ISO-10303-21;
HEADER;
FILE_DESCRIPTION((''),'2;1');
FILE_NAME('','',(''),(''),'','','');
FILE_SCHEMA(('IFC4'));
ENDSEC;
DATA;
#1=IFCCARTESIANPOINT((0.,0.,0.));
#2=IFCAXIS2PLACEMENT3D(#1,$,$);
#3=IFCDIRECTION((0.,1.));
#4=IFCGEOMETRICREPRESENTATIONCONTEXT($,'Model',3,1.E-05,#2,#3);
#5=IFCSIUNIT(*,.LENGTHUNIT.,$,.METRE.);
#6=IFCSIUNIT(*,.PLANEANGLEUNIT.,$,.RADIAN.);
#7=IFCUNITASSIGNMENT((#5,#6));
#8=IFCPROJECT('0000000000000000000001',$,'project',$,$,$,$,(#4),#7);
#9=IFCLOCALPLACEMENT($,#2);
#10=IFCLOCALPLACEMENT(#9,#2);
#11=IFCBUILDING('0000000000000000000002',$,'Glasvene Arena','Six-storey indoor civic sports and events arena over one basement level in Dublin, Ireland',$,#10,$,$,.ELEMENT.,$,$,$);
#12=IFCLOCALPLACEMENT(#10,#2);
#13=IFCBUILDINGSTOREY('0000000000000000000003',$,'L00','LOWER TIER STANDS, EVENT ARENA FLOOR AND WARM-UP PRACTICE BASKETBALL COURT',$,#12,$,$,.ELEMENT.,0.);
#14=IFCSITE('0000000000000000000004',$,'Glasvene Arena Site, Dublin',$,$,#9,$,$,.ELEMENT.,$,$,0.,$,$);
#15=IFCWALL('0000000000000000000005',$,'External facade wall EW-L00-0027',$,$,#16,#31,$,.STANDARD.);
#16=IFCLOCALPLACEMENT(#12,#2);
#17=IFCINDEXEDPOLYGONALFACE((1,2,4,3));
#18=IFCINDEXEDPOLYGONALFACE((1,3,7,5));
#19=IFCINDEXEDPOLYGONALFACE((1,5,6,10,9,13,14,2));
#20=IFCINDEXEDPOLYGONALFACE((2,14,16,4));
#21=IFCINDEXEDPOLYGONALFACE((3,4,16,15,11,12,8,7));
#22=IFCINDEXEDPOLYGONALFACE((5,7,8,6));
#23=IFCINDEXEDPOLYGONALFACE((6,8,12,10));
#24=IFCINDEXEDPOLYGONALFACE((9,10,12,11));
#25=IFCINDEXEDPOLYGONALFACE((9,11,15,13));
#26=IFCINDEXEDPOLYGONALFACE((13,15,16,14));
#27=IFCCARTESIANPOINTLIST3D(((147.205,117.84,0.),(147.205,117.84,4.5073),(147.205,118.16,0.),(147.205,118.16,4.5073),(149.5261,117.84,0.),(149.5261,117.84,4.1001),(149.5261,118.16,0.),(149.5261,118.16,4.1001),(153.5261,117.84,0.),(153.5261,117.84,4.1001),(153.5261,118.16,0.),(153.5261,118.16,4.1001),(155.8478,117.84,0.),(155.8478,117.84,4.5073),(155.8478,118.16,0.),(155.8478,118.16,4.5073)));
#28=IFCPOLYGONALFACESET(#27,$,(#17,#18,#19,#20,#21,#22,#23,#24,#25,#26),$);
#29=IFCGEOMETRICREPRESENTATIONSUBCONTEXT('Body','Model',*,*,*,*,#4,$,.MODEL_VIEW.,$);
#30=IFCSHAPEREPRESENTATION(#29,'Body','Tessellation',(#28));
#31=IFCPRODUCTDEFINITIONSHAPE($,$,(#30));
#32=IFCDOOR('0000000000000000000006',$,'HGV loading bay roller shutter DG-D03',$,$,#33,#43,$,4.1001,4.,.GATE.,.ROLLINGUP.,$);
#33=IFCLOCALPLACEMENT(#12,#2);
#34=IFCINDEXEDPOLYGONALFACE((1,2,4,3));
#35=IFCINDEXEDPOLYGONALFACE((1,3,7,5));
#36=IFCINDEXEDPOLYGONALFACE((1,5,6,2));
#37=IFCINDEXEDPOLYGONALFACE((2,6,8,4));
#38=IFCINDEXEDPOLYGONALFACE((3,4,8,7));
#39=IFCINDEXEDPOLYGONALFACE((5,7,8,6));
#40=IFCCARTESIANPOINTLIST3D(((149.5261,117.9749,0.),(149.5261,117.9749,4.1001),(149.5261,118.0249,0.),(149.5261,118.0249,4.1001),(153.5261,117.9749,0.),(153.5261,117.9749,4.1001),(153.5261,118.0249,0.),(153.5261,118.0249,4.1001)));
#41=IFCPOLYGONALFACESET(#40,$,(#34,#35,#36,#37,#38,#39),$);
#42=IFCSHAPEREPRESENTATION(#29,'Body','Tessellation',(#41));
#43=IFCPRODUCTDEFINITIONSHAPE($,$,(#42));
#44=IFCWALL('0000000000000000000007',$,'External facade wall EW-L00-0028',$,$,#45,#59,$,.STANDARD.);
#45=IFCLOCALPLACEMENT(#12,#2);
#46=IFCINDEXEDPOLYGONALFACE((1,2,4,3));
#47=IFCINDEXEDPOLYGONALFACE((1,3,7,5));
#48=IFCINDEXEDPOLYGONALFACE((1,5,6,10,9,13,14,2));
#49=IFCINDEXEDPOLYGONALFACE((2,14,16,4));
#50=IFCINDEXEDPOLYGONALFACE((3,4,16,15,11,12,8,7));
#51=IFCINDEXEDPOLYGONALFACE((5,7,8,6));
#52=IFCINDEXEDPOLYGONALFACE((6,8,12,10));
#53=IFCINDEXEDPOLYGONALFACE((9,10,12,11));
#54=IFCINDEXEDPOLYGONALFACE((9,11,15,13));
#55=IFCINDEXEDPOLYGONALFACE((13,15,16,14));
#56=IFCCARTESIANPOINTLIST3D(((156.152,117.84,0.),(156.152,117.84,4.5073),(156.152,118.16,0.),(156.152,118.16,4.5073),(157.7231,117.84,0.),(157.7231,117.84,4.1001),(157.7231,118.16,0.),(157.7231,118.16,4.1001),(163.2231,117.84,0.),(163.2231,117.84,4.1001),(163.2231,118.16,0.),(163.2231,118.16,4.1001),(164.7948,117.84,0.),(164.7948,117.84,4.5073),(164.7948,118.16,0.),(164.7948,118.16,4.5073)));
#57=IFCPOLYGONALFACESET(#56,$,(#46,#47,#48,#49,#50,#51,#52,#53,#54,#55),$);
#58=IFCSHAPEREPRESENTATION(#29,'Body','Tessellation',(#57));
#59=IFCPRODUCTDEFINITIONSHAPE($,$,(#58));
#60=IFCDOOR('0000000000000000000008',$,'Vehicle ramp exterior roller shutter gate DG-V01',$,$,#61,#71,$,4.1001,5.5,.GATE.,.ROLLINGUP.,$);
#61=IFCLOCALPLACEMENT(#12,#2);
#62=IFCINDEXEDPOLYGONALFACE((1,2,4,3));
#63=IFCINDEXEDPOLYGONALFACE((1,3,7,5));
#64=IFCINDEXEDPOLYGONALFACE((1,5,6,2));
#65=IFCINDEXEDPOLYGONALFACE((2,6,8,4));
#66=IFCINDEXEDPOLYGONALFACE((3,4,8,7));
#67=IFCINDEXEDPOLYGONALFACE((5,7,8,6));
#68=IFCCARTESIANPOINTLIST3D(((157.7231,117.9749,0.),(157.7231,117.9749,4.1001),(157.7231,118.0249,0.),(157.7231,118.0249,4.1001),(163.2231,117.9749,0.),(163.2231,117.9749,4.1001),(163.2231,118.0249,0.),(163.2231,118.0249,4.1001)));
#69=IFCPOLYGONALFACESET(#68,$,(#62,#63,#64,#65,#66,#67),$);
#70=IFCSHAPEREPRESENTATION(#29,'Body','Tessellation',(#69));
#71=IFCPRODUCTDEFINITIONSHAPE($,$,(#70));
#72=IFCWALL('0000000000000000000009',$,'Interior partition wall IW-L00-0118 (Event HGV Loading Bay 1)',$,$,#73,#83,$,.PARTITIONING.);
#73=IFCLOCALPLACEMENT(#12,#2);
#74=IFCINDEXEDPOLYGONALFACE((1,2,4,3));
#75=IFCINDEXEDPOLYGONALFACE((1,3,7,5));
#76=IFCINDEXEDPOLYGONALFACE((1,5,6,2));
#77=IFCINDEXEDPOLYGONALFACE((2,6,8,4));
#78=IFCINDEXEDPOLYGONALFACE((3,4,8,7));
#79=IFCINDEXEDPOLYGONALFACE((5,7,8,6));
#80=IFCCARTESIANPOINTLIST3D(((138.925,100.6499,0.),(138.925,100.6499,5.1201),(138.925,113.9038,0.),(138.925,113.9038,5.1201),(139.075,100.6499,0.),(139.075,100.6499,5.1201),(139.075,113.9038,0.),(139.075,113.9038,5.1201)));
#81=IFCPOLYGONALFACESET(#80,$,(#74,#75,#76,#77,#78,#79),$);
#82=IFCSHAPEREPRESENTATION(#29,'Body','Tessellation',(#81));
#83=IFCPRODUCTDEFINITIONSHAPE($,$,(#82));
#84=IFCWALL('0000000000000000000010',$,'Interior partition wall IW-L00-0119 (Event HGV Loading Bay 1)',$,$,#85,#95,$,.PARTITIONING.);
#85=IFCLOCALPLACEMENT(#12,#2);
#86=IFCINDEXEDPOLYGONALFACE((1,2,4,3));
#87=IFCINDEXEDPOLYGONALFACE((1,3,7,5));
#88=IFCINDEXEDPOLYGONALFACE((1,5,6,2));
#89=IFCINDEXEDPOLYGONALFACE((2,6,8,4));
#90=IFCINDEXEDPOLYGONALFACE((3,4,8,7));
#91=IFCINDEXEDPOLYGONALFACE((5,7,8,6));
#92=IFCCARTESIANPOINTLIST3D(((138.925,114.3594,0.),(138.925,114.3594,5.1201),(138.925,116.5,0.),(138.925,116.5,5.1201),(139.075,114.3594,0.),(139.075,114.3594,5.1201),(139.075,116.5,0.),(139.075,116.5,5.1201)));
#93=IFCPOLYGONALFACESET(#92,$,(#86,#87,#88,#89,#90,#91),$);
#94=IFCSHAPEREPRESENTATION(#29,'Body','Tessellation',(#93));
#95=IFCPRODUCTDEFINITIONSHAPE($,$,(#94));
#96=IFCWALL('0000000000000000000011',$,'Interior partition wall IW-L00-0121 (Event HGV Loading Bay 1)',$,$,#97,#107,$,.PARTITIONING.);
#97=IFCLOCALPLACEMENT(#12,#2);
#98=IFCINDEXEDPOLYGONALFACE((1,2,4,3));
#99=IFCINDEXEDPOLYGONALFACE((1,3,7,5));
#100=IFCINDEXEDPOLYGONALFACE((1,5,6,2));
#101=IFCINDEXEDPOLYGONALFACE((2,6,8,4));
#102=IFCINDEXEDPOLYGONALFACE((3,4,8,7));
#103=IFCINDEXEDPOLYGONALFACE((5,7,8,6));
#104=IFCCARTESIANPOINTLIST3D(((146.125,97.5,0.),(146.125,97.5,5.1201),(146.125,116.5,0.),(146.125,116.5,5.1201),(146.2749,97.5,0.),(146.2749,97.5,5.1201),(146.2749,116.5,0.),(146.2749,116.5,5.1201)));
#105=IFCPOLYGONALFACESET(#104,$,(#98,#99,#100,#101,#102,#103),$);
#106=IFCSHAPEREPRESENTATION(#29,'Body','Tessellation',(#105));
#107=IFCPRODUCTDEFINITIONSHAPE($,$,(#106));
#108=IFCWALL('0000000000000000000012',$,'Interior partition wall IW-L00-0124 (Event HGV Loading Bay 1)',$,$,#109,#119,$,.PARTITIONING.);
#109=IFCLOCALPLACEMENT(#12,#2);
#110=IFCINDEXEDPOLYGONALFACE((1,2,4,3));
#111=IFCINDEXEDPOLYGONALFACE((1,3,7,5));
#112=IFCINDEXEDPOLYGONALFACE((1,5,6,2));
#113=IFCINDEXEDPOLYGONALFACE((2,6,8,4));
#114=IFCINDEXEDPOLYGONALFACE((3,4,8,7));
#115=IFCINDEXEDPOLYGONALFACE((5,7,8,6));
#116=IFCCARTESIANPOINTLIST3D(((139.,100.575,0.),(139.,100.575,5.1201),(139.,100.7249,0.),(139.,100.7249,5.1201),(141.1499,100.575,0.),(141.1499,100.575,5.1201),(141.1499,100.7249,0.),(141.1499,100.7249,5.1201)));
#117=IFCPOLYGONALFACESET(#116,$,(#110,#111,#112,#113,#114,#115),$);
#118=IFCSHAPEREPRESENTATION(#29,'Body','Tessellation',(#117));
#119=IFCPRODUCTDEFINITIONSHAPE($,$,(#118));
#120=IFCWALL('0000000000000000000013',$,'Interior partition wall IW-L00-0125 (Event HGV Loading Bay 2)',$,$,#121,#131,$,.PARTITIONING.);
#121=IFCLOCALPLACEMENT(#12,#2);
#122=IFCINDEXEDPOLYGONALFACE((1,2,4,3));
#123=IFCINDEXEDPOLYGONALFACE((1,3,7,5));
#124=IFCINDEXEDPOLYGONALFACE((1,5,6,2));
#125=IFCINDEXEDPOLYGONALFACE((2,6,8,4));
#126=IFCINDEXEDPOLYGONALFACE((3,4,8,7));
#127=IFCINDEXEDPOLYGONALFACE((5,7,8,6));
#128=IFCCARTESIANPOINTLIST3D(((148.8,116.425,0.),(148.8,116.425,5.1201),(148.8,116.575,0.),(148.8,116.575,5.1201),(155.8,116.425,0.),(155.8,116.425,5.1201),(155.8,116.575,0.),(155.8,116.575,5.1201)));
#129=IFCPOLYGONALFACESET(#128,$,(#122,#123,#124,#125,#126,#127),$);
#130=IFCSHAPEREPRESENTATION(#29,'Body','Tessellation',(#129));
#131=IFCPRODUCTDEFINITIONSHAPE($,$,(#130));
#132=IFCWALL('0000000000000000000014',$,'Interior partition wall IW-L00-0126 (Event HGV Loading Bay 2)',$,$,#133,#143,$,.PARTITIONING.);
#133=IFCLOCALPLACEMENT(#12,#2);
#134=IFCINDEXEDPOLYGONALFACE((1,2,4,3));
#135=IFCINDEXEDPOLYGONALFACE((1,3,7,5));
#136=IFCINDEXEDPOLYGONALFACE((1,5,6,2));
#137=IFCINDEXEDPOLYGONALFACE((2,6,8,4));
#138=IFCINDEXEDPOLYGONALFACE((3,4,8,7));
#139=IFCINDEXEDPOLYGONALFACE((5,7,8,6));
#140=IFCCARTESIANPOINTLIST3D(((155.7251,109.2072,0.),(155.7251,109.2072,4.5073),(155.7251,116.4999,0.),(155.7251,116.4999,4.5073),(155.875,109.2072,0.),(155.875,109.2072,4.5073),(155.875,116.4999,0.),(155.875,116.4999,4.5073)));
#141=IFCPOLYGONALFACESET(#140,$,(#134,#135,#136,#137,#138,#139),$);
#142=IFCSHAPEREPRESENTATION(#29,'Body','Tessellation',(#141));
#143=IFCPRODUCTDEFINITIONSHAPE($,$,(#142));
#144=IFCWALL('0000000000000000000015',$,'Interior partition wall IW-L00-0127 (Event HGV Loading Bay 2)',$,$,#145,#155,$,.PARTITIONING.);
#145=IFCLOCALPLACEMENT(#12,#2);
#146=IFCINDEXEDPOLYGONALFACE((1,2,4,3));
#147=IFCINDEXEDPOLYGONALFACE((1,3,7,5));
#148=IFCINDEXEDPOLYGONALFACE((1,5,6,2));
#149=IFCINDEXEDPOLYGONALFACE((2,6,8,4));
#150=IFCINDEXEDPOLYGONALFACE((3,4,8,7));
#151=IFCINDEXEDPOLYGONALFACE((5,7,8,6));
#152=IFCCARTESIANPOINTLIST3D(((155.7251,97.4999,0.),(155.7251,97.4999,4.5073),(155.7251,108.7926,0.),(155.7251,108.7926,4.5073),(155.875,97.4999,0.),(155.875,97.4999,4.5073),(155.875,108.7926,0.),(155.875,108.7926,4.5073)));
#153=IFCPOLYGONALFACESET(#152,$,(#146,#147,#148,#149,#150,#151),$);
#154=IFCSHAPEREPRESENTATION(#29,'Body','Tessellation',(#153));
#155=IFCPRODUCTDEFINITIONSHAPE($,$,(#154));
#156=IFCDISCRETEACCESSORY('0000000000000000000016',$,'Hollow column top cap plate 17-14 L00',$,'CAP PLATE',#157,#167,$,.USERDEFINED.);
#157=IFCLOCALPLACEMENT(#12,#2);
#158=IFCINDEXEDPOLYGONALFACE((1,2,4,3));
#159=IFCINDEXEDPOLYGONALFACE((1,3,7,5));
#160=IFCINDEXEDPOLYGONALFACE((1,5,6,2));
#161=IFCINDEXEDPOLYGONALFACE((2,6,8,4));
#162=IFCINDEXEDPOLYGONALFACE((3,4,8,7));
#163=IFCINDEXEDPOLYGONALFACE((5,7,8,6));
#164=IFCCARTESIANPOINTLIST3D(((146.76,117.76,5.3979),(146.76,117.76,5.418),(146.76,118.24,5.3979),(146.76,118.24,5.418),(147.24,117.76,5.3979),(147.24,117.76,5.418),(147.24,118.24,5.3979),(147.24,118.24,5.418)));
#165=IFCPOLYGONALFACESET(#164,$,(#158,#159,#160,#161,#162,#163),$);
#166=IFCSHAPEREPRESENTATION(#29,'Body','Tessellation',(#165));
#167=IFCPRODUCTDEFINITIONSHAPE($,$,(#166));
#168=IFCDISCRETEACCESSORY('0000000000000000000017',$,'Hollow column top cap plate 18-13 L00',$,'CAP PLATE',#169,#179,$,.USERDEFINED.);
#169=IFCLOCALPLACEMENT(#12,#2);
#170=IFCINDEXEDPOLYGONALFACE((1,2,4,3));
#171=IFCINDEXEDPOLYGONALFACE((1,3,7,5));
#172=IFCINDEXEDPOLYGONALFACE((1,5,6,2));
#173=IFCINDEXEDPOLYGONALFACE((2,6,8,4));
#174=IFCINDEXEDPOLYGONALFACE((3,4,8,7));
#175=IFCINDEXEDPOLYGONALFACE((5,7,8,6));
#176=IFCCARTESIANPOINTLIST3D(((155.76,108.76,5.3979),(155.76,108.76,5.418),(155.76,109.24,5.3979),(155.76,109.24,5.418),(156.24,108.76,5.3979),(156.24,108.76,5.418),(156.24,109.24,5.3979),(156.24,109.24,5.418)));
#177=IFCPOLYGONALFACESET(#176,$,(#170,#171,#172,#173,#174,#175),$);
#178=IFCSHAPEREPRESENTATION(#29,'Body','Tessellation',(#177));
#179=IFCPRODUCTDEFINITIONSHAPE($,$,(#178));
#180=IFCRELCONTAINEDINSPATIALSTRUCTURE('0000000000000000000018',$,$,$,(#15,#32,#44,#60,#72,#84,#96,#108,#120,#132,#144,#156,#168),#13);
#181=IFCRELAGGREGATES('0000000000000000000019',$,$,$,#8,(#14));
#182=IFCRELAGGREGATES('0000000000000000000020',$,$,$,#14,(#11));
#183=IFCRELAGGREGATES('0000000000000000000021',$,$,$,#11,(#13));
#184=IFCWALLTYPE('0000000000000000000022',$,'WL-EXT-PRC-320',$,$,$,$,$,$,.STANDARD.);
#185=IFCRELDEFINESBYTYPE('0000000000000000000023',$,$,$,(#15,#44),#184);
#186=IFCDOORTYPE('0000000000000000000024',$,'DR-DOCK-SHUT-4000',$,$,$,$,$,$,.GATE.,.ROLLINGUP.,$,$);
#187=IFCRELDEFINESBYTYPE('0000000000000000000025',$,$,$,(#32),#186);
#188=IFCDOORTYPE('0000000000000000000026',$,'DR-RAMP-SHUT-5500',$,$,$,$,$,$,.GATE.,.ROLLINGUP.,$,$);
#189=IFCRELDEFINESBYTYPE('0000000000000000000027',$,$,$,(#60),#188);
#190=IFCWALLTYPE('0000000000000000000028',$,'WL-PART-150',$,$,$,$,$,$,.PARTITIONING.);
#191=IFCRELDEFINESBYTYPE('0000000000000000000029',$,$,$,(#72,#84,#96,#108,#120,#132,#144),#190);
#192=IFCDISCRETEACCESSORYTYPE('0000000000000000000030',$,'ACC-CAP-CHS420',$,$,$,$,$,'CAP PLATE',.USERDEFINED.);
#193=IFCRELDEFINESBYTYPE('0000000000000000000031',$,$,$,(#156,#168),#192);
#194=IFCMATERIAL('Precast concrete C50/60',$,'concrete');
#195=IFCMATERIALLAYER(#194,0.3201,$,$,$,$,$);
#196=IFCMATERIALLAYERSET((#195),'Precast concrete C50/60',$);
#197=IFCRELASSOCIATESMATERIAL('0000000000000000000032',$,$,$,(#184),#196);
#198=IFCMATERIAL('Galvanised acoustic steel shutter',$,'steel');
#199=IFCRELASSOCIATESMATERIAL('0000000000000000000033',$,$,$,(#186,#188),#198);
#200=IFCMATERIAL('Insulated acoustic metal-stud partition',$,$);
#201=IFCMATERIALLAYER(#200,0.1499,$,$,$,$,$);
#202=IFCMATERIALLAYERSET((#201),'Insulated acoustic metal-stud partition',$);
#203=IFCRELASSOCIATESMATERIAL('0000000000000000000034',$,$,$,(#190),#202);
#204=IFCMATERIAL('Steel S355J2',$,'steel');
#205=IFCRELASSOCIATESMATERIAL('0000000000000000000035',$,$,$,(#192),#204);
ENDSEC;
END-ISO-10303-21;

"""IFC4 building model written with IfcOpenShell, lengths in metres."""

from ifc_helpers import new_model, si_unit, direction, frame, frame_2d, origin, origin_2d, place, context, subcontext, project, spatial, rectangle, extrude, material, layer, layer_set, type_object, element, fill, save


model = new_model("IFC4")

# Units and contexts
model_context = context("Model", 3, precision=1e-05, world=origin(), true_north=direction((0.0, 1.0)))
body_context = subcontext(model_context, "Body", "Model", "MODEL_VIEW")
ifc_project = project(units=[si_unit("LENGTHUNIT", "METRE"), si_unit("PLANEANGLEUNIT", "RADIAN")], contexts=[model_context])

# Site, building, storey
site_placement = place(None, origin())
site = spatial("IfcSite", under=ifc_project, at=site_placement, Name="Glasvene Arena Site, Dublin", CompositionType="ELEMENT", RefElevation=0.0)
building_placement = place(site_placement, origin())
building = spatial("IfcBuilding", under=site, at=building_placement, Name="Glasvene Arena", Description="Six-storey indoor civic sports and events arena over one basement level in Dublin, Ireland", CompositionType="ELEMENT")
storey_placement = place(building_placement, origin())
storey = spatial("IfcBuildingStorey", under=building, at=storey_placement, Name="L00", Description="LOWER TIER STANDS, EVENT ARENA FLOOR AND WARM-UP PRACTICE BASKETBALL COURT", CompositionType="ELEMENT", Elevation=0.0)

# Shared definitions
ifc_material_1 = material(Name="Steel S355J2", Category="steel")

# Walls, openings, doors
ifc_material_2 = material(Name="Precast concrete C50/60", Category="concrete")
ifc_layer_1 = layer(ifc_material_2, 0.3201)
ifc_layer_set_1 = layer_set([ifc_layer_1], Name="Precast concrete C50/60")
wall_type_1 = type_object("IfcWallType", Name="WL-EXT-PRC-320", PredefinedType="STANDARD", material=ifc_layer_set_1)
wall_1_placement = place(storey_placement, frame((147.2051, 118.0, 0.0), z_axis=(0.0, 0.0, 1.0), x_axis=(1.0, 0.0, 0.0)))
wall_1 = element("IfcWall", 1, at=wall_1_placement, inside=storey, type_object=wall_type_1, Name="External facade wall EW-L00-0027", PredefinedType="STANDARD", context=body_context, shape_type="SweptSolid", body=[
    extrude(rectangle(XDim=8.6428, YDim=0.3201, at=frame_2d((4.3213, 0.0))), origin(), (0.0, 0.0, 1.0), 4.5073),
])
opening_1_placement = place(wall_1_placement, frame((2.321, 0.0, 0.0)))
opening_1 = element("IfcOpeningElement", 2, at=opening_1_placement, cuts=wall_1, PredefinedType="OPENING", context=body_context, shape_type="SweptSolid", body=[
    extrude(rectangle(XDim=4.0, YDim=4.1001, at=frame_2d((2.0, 2.05))), frame((0.0, 0.1699, 0.0), z_axis=(0.0, -1.0, 0.0), x_axis=(1.0, 0.0, 0.0)), (0.0, 0.0, 1.0), 0.3401),
])
ifc_material_3 = material(Name="Galvanised acoustic steel shutter", Category="steel")
door_type_1 = type_object("IfcDoorType", Name="DR-DOCK-SHUT-4000", OperationType="ROLLINGUP", PredefinedType="GATE", material=ifc_material_3)
door_1_placement = place(opening_1_placement, origin())
door_1 = element("IfcDoor", 3, at=door_1_placement, inside=storey, type_object=door_type_1, Name="HGV loading bay roller shutter DG-D03", OperationType="ROLLINGUP", OverallHeight=4.1001, OverallWidth=4.0, PredefinedType="GATE", context=body_context, shape_type="SweptSolid", body=[
    extrude(rectangle(XDim=4.0, YDim=4.1001, at=frame_2d((2.0, 2.05))), frame((0.0, 0.0249, 0.0), z_axis=(0.0, -1.0, 0.0), x_axis=(1.0, 0.0, 0.0)), (0.0, 0.0, 1.0), 0.05),
])
fill(opening_1, door_1)
wall_2_placement = place(storey_placement, frame((156.1521, 118.0, 0.0), z_axis=(0.0, 0.0, 1.0), x_axis=(1.0, 0.0, 0.0)))
wall_2 = element("IfcWall", 4, at=wall_2_placement, inside=storey, type_object=wall_type_1, Name="External facade wall EW-L00-0028", PredefinedType="STANDARD", context=body_context, shape_type="SweptSolid", body=[
    extrude(rectangle(XDim=8.6428, YDim=0.3201, at=frame_2d((4.3213, 0.0))), origin(), (0.0, 0.0, 1.0), 4.5073),
])
opening_2_placement = place(wall_2_placement, frame((1.571, 0.0, 0.0)))
opening_2 = element("IfcOpeningElement", 5, at=opening_2_placement, cuts=wall_2, PredefinedType="OPENING", context=body_context, shape_type="SweptSolid", body=[
    extrude(rectangle(XDim=5.5, YDim=4.1001, at=frame_2d((2.75, 2.05))), frame((0.0, 0.1699, 0.0), z_axis=(0.0, -1.0, 0.0), x_axis=(1.0, 0.0, 0.0)), (0.0, 0.0, 1.0), 0.3401),
])
door_type_2 = type_object("IfcDoorType", Name="DR-RAMP-SHUT-5500", OperationType="ROLLINGUP", PredefinedType="GATE", material=ifc_material_3)
door_2_placement = place(opening_2_placement, origin())
door_2 = element("IfcDoor", 6, at=door_2_placement, inside=storey, type_object=door_type_2, Name="Vehicle ramp exterior roller shutter gate DG-V01", OperationType="ROLLINGUP", OverallHeight=4.1001, OverallWidth=5.5, PredefinedType="GATE", context=body_context, shape_type="SweptSolid", body=[
    extrude(rectangle(XDim=5.5, YDim=4.1001, at=frame_2d((2.75, 2.05))), frame((0.0, 0.0249, 0.0), z_axis=(0.0, -1.0, 0.0), x_axis=(1.0, 0.0, 0.0)), (0.0, 0.0, 1.0), 0.05),
])
fill(opening_2, door_2)

# Walls
ifc_material_4 = material(Name="Insulated acoustic metal-stud partition")
ifc_layer_2 = layer(ifc_material_4, 0.1499)
ifc_layer_set_2 = layer_set([ifc_layer_2], Name="Insulated acoustic metal-stud partition")
wall_type_2 = type_object("IfcWallType", Name="WL-PART-150", PredefinedType="PARTITIONING", material=ifc_layer_set_2)
wall_3_placement = place(storey_placement, frame((139.0, 100.6499, 0.0), z_axis=(0.0, 0.0, 1.0), x_axis=(0.0, 1.0, 0.0)))
element("IfcWall", 7, at=wall_3_placement, inside=storey, type_object=wall_type_2, Name="Interior partition wall IW-L00-0118 (Event HGV Loading Bay 1)", PredefinedType="PARTITIONING", context=body_context, shape_type="SweptSolid", body=[
    extrude(rectangle(XDim=13.2539, YDim=0.1499, at=frame_2d((6.627, 0.0))), origin(), (0.0, 0.0, 1.0), 5.1201),
])
wall_4_placement = place(storey_placement, frame((139.0, 114.3594, 0.0), z_axis=(0.0, 0.0, 1.0), x_axis=(0.0, 1.0, 0.0)))
element("IfcWall", 8, at=wall_4_placement, inside=storey, type_object=wall_type_2, Name="Interior partition wall IW-L00-0119 (Event HGV Loading Bay 1)", PredefinedType="PARTITIONING", context=body_context, shape_type="SweptSolid", body=[
    extrude(rectangle(XDim=2.1406, YDim=0.1499, at=frame_2d((1.0703, 0.0))), origin(), (0.0, 0.0, 1.0), 5.1201),
])
wall_5_placement = place(storey_placement, frame((146.2, 116.5, 0.0), z_axis=(0.0, 0.0, 1.0), x_axis=(0.0, -1.0, 0.0)))
element("IfcWall", 9, at=wall_5_placement, inside=storey, type_object=wall_type_2, Name="Interior partition wall IW-L00-0121 (Event HGV Loading Bay 1)", PredefinedType="PARTITIONING", context=body_context, shape_type="SweptSolid", body=[
    extrude(rectangle(XDim=19.0, YDim=0.1499, at=frame_2d((9.5, 0.0))), origin(), (0.0, 0.0, 1.0), 5.1201),
])
wall_6_placement = place(storey_placement, frame((141.1499, 100.6499, 0.0), z_axis=(0.0, 0.0, 1.0), x_axis=(-1.0, 0.0, 0.0)))
element("IfcWall", 10, at=wall_6_placement, inside=storey, type_object=wall_type_2, Name="Interior partition wall IW-L00-0124 (Event HGV Loading Bay 1)", PredefinedType="PARTITIONING", context=body_context, shape_type="SweptSolid", body=[
    extrude(rectangle(XDim=2.1499, YDim=0.1499, at=frame_2d((1.075, 0.0))), origin(), (0.0, 0.0, 1.0), 5.1201),
])
wall_7_placement = place(storey_placement, frame((148.8, 116.5, 0.0), z_axis=(0.0, 0.0, 1.0), x_axis=(1.0, 0.0, 0.0)))
element("IfcWall", 11, at=wall_7_placement, inside=storey, type_object=wall_type_2, Name="Interior partition wall IW-L00-0125 (Event HGV Loading Bay 2)", PredefinedType="PARTITIONING", context=body_context, shape_type="SweptSolid", body=[
    extrude(rectangle(XDim=7.0, YDim=0.1499, at=frame_2d((3.5, 0.0))), origin(), (0.0, 0.0, 1.0), 5.1201),
])
wall_8_placement = place(storey_placement, frame((155.8, 116.5, 0.0), z_axis=(0.0, 0.0, 1.0), x_axis=(0.0, -1.0, 0.0)))
element("IfcWall", 12, at=wall_8_placement, inside=storey, type_object=wall_type_2, Name="Interior partition wall IW-L00-0126 (Event HGV Loading Bay 2)", PredefinedType="PARTITIONING", context=body_context, shape_type="SweptSolid", body=[
    extrude(rectangle(XDim=7.2927, YDim=0.1499, at=frame_2d((3.6465, 0.0))), origin(), (0.0, 0.0, 1.0), 4.5073),
])
wall_9_placement = place(storey_placement, frame((155.8, 108.7927, 0.0), z_axis=(0.0, 0.0, 1.0), x_axis=(0.0, -1.0, 0.0)))
element("IfcWall", 13, at=wall_9_placement, inside=storey, type_object=wall_type_2, Name="Interior partition wall IW-L00-0127 (Event HGV Loading Bay 2)", PredefinedType="PARTITIONING", context=body_context, shape_type="SweptSolid", body=[
    extrude(rectangle(XDim=11.2927, YDim=0.1499, at=frame_2d((5.6465, 0.0))), origin(), (0.0, 0.0, 1.0), 4.5073),
])

# Discrete accessories
discrete_accessory_type = type_object("IfcDiscreteAccessoryType", Name="ACC-CAP-CHS420", ElementType="CAP PLATE", PredefinedType="USERDEFINED", material=ifc_material_1)
for number, where, z_axis, x_axis, name in (
    (14, (147.0, 118.0, 5.3979), (0.0, 0.0, 1.0), (1.0, 0.0, 0.0), "Hollow column top cap plate 17-14 L00"),
    (15, (156.0, 109.0, 5.3979), (0.0, 0.0, 1.0), (1.0, 0.0, 0.0), "Hollow column top cap plate 18-13 L00"),
):
    element("IfcDiscreteAccessory", number, at=place(storey_placement, frame(where, z_axis=z_axis, x_axis=x_axis)), inside=storey, type_object=discrete_accessory_type, Name=name, ObjectType="CAP PLATE", PredefinedType="USERDEFINED", context=body_context, shape_type="SweptSolid", body=[
        extrude(rectangle(XDim=0.48, YDim=0.48, at=origin_2d()), origin(), (0.0, 0.0, 1.0), 0.02),
    ])

save(model, "model.ifc")
